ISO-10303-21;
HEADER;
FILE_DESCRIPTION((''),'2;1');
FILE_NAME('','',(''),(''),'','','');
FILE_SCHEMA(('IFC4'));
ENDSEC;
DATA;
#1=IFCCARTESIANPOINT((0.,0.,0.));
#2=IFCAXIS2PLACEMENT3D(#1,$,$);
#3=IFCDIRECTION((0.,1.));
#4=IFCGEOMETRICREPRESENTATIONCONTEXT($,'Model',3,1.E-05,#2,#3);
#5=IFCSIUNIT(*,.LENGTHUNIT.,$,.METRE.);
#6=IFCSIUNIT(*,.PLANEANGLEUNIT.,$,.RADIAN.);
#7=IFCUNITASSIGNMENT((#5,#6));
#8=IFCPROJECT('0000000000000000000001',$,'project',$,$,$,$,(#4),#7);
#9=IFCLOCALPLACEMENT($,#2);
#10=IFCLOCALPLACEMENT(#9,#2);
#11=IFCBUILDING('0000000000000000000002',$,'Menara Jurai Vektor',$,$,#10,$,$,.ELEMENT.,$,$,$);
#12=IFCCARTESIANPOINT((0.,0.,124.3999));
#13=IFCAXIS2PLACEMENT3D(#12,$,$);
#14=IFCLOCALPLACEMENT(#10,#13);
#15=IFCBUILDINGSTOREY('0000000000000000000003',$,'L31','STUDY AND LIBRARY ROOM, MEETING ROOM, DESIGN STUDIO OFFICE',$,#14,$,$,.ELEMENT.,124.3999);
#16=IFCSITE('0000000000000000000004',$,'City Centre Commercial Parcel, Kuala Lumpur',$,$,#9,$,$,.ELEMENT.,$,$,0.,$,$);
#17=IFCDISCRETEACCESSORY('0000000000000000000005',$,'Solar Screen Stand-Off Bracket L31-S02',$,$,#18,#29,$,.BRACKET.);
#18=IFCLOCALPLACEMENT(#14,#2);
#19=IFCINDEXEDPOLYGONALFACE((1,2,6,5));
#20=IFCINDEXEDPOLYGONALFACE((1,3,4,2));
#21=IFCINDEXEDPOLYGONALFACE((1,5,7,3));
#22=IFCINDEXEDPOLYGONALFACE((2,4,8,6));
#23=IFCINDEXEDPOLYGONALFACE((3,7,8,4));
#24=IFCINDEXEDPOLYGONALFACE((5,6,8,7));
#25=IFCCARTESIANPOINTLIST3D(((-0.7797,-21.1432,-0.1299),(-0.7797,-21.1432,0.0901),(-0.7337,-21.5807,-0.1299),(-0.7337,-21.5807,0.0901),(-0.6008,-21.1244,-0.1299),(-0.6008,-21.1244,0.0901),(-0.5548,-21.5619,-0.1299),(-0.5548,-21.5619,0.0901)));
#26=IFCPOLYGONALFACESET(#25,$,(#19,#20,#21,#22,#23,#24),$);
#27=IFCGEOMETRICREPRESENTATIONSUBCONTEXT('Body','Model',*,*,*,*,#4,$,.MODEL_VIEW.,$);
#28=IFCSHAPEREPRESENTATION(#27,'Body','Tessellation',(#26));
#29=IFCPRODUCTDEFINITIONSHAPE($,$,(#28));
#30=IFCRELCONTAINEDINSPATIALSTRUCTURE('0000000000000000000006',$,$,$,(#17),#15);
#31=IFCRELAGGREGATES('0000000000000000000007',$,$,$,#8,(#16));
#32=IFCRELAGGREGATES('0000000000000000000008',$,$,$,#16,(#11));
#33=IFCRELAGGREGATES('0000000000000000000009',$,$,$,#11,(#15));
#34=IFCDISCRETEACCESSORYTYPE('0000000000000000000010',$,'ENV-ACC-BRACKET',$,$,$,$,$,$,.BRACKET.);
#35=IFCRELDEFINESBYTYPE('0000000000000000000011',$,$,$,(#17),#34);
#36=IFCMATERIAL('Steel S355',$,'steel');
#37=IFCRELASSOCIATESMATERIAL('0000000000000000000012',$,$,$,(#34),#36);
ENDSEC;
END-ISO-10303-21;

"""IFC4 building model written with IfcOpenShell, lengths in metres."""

from ifc_helpers import new_model, si_unit, direction, frame, origin, origin_2d, place, context, subcontext, project, spatial, rectangle, extrude, material, type_object, element, save


model = new_model("IFC4")

# Units and contexts
model_context = context("Model", 3, precision=1e-05, world=origin(), true_north=direction((0.0, 1.0)))
body_context = subcontext(model_context, "Body", "Model", "MODEL_VIEW")
ifc_project = project(units=[si_unit("LENGTHUNIT", "METRE"), si_unit("PLANEANGLEUNIT", "RADIAN")], contexts=[model_context])

# Site, building, storey
site_placement = place(None, origin())
site = spatial("IfcSite", under=ifc_project, at=site_placement, Name="City Centre Commercial Parcel, Kuala Lumpur", CompositionType="ELEMENT", RefElevation=0.0)
building_placement = place(site_placement, origin())
building = spatial("IfcBuilding", under=site, at=building_placement, Name="Menara Jurai Vektor", CompositionType="ELEMENT")
storey_placement = place(building_placement, frame((0.0, 0.0, 124.3999)))
storey = spatial("IfcBuildingStorey", under=building, at=storey_placement, Name="L31", Description="STUDY AND LIBRARY ROOM, MEETING ROOM, DESIGN STUDIO OFFICE", CompositionType="ELEMENT", Elevation=124.3999)

# Shared definitions
ifc_material_1 = material(Name="Steel S355", Category="steel")

# Discrete accessory
discrete_accessory_type = type_object("IfcDiscreteAccessoryType", Name="ENV-ACC-BRACKET", PredefinedType="BRACKET", material=ifc_material_1)
discrete_accessory_placement = place(storey_placement, frame((-0.6672, -21.3525, -0.1299), z_axis=(0.0, 0.0, 1.0), x_axis=(0.994522, 0.104528, 0.0)))
element("IfcDiscreteAccessory", 1, at=discrete_accessory_placement, inside=storey, type_object=discrete_accessory_type, Name="Solar Screen Stand-Off Bracket L31-S02", PredefinedType="BRACKET", context=body_context, shape_type="SweptSolid", body=[
    extrude(rectangle(XDim=0.1799, YDim=0.4399, at=origin_2d()), origin(), (0.0, 0.0, 1.0), 0.22),
])

save(model, "model.ifc")
